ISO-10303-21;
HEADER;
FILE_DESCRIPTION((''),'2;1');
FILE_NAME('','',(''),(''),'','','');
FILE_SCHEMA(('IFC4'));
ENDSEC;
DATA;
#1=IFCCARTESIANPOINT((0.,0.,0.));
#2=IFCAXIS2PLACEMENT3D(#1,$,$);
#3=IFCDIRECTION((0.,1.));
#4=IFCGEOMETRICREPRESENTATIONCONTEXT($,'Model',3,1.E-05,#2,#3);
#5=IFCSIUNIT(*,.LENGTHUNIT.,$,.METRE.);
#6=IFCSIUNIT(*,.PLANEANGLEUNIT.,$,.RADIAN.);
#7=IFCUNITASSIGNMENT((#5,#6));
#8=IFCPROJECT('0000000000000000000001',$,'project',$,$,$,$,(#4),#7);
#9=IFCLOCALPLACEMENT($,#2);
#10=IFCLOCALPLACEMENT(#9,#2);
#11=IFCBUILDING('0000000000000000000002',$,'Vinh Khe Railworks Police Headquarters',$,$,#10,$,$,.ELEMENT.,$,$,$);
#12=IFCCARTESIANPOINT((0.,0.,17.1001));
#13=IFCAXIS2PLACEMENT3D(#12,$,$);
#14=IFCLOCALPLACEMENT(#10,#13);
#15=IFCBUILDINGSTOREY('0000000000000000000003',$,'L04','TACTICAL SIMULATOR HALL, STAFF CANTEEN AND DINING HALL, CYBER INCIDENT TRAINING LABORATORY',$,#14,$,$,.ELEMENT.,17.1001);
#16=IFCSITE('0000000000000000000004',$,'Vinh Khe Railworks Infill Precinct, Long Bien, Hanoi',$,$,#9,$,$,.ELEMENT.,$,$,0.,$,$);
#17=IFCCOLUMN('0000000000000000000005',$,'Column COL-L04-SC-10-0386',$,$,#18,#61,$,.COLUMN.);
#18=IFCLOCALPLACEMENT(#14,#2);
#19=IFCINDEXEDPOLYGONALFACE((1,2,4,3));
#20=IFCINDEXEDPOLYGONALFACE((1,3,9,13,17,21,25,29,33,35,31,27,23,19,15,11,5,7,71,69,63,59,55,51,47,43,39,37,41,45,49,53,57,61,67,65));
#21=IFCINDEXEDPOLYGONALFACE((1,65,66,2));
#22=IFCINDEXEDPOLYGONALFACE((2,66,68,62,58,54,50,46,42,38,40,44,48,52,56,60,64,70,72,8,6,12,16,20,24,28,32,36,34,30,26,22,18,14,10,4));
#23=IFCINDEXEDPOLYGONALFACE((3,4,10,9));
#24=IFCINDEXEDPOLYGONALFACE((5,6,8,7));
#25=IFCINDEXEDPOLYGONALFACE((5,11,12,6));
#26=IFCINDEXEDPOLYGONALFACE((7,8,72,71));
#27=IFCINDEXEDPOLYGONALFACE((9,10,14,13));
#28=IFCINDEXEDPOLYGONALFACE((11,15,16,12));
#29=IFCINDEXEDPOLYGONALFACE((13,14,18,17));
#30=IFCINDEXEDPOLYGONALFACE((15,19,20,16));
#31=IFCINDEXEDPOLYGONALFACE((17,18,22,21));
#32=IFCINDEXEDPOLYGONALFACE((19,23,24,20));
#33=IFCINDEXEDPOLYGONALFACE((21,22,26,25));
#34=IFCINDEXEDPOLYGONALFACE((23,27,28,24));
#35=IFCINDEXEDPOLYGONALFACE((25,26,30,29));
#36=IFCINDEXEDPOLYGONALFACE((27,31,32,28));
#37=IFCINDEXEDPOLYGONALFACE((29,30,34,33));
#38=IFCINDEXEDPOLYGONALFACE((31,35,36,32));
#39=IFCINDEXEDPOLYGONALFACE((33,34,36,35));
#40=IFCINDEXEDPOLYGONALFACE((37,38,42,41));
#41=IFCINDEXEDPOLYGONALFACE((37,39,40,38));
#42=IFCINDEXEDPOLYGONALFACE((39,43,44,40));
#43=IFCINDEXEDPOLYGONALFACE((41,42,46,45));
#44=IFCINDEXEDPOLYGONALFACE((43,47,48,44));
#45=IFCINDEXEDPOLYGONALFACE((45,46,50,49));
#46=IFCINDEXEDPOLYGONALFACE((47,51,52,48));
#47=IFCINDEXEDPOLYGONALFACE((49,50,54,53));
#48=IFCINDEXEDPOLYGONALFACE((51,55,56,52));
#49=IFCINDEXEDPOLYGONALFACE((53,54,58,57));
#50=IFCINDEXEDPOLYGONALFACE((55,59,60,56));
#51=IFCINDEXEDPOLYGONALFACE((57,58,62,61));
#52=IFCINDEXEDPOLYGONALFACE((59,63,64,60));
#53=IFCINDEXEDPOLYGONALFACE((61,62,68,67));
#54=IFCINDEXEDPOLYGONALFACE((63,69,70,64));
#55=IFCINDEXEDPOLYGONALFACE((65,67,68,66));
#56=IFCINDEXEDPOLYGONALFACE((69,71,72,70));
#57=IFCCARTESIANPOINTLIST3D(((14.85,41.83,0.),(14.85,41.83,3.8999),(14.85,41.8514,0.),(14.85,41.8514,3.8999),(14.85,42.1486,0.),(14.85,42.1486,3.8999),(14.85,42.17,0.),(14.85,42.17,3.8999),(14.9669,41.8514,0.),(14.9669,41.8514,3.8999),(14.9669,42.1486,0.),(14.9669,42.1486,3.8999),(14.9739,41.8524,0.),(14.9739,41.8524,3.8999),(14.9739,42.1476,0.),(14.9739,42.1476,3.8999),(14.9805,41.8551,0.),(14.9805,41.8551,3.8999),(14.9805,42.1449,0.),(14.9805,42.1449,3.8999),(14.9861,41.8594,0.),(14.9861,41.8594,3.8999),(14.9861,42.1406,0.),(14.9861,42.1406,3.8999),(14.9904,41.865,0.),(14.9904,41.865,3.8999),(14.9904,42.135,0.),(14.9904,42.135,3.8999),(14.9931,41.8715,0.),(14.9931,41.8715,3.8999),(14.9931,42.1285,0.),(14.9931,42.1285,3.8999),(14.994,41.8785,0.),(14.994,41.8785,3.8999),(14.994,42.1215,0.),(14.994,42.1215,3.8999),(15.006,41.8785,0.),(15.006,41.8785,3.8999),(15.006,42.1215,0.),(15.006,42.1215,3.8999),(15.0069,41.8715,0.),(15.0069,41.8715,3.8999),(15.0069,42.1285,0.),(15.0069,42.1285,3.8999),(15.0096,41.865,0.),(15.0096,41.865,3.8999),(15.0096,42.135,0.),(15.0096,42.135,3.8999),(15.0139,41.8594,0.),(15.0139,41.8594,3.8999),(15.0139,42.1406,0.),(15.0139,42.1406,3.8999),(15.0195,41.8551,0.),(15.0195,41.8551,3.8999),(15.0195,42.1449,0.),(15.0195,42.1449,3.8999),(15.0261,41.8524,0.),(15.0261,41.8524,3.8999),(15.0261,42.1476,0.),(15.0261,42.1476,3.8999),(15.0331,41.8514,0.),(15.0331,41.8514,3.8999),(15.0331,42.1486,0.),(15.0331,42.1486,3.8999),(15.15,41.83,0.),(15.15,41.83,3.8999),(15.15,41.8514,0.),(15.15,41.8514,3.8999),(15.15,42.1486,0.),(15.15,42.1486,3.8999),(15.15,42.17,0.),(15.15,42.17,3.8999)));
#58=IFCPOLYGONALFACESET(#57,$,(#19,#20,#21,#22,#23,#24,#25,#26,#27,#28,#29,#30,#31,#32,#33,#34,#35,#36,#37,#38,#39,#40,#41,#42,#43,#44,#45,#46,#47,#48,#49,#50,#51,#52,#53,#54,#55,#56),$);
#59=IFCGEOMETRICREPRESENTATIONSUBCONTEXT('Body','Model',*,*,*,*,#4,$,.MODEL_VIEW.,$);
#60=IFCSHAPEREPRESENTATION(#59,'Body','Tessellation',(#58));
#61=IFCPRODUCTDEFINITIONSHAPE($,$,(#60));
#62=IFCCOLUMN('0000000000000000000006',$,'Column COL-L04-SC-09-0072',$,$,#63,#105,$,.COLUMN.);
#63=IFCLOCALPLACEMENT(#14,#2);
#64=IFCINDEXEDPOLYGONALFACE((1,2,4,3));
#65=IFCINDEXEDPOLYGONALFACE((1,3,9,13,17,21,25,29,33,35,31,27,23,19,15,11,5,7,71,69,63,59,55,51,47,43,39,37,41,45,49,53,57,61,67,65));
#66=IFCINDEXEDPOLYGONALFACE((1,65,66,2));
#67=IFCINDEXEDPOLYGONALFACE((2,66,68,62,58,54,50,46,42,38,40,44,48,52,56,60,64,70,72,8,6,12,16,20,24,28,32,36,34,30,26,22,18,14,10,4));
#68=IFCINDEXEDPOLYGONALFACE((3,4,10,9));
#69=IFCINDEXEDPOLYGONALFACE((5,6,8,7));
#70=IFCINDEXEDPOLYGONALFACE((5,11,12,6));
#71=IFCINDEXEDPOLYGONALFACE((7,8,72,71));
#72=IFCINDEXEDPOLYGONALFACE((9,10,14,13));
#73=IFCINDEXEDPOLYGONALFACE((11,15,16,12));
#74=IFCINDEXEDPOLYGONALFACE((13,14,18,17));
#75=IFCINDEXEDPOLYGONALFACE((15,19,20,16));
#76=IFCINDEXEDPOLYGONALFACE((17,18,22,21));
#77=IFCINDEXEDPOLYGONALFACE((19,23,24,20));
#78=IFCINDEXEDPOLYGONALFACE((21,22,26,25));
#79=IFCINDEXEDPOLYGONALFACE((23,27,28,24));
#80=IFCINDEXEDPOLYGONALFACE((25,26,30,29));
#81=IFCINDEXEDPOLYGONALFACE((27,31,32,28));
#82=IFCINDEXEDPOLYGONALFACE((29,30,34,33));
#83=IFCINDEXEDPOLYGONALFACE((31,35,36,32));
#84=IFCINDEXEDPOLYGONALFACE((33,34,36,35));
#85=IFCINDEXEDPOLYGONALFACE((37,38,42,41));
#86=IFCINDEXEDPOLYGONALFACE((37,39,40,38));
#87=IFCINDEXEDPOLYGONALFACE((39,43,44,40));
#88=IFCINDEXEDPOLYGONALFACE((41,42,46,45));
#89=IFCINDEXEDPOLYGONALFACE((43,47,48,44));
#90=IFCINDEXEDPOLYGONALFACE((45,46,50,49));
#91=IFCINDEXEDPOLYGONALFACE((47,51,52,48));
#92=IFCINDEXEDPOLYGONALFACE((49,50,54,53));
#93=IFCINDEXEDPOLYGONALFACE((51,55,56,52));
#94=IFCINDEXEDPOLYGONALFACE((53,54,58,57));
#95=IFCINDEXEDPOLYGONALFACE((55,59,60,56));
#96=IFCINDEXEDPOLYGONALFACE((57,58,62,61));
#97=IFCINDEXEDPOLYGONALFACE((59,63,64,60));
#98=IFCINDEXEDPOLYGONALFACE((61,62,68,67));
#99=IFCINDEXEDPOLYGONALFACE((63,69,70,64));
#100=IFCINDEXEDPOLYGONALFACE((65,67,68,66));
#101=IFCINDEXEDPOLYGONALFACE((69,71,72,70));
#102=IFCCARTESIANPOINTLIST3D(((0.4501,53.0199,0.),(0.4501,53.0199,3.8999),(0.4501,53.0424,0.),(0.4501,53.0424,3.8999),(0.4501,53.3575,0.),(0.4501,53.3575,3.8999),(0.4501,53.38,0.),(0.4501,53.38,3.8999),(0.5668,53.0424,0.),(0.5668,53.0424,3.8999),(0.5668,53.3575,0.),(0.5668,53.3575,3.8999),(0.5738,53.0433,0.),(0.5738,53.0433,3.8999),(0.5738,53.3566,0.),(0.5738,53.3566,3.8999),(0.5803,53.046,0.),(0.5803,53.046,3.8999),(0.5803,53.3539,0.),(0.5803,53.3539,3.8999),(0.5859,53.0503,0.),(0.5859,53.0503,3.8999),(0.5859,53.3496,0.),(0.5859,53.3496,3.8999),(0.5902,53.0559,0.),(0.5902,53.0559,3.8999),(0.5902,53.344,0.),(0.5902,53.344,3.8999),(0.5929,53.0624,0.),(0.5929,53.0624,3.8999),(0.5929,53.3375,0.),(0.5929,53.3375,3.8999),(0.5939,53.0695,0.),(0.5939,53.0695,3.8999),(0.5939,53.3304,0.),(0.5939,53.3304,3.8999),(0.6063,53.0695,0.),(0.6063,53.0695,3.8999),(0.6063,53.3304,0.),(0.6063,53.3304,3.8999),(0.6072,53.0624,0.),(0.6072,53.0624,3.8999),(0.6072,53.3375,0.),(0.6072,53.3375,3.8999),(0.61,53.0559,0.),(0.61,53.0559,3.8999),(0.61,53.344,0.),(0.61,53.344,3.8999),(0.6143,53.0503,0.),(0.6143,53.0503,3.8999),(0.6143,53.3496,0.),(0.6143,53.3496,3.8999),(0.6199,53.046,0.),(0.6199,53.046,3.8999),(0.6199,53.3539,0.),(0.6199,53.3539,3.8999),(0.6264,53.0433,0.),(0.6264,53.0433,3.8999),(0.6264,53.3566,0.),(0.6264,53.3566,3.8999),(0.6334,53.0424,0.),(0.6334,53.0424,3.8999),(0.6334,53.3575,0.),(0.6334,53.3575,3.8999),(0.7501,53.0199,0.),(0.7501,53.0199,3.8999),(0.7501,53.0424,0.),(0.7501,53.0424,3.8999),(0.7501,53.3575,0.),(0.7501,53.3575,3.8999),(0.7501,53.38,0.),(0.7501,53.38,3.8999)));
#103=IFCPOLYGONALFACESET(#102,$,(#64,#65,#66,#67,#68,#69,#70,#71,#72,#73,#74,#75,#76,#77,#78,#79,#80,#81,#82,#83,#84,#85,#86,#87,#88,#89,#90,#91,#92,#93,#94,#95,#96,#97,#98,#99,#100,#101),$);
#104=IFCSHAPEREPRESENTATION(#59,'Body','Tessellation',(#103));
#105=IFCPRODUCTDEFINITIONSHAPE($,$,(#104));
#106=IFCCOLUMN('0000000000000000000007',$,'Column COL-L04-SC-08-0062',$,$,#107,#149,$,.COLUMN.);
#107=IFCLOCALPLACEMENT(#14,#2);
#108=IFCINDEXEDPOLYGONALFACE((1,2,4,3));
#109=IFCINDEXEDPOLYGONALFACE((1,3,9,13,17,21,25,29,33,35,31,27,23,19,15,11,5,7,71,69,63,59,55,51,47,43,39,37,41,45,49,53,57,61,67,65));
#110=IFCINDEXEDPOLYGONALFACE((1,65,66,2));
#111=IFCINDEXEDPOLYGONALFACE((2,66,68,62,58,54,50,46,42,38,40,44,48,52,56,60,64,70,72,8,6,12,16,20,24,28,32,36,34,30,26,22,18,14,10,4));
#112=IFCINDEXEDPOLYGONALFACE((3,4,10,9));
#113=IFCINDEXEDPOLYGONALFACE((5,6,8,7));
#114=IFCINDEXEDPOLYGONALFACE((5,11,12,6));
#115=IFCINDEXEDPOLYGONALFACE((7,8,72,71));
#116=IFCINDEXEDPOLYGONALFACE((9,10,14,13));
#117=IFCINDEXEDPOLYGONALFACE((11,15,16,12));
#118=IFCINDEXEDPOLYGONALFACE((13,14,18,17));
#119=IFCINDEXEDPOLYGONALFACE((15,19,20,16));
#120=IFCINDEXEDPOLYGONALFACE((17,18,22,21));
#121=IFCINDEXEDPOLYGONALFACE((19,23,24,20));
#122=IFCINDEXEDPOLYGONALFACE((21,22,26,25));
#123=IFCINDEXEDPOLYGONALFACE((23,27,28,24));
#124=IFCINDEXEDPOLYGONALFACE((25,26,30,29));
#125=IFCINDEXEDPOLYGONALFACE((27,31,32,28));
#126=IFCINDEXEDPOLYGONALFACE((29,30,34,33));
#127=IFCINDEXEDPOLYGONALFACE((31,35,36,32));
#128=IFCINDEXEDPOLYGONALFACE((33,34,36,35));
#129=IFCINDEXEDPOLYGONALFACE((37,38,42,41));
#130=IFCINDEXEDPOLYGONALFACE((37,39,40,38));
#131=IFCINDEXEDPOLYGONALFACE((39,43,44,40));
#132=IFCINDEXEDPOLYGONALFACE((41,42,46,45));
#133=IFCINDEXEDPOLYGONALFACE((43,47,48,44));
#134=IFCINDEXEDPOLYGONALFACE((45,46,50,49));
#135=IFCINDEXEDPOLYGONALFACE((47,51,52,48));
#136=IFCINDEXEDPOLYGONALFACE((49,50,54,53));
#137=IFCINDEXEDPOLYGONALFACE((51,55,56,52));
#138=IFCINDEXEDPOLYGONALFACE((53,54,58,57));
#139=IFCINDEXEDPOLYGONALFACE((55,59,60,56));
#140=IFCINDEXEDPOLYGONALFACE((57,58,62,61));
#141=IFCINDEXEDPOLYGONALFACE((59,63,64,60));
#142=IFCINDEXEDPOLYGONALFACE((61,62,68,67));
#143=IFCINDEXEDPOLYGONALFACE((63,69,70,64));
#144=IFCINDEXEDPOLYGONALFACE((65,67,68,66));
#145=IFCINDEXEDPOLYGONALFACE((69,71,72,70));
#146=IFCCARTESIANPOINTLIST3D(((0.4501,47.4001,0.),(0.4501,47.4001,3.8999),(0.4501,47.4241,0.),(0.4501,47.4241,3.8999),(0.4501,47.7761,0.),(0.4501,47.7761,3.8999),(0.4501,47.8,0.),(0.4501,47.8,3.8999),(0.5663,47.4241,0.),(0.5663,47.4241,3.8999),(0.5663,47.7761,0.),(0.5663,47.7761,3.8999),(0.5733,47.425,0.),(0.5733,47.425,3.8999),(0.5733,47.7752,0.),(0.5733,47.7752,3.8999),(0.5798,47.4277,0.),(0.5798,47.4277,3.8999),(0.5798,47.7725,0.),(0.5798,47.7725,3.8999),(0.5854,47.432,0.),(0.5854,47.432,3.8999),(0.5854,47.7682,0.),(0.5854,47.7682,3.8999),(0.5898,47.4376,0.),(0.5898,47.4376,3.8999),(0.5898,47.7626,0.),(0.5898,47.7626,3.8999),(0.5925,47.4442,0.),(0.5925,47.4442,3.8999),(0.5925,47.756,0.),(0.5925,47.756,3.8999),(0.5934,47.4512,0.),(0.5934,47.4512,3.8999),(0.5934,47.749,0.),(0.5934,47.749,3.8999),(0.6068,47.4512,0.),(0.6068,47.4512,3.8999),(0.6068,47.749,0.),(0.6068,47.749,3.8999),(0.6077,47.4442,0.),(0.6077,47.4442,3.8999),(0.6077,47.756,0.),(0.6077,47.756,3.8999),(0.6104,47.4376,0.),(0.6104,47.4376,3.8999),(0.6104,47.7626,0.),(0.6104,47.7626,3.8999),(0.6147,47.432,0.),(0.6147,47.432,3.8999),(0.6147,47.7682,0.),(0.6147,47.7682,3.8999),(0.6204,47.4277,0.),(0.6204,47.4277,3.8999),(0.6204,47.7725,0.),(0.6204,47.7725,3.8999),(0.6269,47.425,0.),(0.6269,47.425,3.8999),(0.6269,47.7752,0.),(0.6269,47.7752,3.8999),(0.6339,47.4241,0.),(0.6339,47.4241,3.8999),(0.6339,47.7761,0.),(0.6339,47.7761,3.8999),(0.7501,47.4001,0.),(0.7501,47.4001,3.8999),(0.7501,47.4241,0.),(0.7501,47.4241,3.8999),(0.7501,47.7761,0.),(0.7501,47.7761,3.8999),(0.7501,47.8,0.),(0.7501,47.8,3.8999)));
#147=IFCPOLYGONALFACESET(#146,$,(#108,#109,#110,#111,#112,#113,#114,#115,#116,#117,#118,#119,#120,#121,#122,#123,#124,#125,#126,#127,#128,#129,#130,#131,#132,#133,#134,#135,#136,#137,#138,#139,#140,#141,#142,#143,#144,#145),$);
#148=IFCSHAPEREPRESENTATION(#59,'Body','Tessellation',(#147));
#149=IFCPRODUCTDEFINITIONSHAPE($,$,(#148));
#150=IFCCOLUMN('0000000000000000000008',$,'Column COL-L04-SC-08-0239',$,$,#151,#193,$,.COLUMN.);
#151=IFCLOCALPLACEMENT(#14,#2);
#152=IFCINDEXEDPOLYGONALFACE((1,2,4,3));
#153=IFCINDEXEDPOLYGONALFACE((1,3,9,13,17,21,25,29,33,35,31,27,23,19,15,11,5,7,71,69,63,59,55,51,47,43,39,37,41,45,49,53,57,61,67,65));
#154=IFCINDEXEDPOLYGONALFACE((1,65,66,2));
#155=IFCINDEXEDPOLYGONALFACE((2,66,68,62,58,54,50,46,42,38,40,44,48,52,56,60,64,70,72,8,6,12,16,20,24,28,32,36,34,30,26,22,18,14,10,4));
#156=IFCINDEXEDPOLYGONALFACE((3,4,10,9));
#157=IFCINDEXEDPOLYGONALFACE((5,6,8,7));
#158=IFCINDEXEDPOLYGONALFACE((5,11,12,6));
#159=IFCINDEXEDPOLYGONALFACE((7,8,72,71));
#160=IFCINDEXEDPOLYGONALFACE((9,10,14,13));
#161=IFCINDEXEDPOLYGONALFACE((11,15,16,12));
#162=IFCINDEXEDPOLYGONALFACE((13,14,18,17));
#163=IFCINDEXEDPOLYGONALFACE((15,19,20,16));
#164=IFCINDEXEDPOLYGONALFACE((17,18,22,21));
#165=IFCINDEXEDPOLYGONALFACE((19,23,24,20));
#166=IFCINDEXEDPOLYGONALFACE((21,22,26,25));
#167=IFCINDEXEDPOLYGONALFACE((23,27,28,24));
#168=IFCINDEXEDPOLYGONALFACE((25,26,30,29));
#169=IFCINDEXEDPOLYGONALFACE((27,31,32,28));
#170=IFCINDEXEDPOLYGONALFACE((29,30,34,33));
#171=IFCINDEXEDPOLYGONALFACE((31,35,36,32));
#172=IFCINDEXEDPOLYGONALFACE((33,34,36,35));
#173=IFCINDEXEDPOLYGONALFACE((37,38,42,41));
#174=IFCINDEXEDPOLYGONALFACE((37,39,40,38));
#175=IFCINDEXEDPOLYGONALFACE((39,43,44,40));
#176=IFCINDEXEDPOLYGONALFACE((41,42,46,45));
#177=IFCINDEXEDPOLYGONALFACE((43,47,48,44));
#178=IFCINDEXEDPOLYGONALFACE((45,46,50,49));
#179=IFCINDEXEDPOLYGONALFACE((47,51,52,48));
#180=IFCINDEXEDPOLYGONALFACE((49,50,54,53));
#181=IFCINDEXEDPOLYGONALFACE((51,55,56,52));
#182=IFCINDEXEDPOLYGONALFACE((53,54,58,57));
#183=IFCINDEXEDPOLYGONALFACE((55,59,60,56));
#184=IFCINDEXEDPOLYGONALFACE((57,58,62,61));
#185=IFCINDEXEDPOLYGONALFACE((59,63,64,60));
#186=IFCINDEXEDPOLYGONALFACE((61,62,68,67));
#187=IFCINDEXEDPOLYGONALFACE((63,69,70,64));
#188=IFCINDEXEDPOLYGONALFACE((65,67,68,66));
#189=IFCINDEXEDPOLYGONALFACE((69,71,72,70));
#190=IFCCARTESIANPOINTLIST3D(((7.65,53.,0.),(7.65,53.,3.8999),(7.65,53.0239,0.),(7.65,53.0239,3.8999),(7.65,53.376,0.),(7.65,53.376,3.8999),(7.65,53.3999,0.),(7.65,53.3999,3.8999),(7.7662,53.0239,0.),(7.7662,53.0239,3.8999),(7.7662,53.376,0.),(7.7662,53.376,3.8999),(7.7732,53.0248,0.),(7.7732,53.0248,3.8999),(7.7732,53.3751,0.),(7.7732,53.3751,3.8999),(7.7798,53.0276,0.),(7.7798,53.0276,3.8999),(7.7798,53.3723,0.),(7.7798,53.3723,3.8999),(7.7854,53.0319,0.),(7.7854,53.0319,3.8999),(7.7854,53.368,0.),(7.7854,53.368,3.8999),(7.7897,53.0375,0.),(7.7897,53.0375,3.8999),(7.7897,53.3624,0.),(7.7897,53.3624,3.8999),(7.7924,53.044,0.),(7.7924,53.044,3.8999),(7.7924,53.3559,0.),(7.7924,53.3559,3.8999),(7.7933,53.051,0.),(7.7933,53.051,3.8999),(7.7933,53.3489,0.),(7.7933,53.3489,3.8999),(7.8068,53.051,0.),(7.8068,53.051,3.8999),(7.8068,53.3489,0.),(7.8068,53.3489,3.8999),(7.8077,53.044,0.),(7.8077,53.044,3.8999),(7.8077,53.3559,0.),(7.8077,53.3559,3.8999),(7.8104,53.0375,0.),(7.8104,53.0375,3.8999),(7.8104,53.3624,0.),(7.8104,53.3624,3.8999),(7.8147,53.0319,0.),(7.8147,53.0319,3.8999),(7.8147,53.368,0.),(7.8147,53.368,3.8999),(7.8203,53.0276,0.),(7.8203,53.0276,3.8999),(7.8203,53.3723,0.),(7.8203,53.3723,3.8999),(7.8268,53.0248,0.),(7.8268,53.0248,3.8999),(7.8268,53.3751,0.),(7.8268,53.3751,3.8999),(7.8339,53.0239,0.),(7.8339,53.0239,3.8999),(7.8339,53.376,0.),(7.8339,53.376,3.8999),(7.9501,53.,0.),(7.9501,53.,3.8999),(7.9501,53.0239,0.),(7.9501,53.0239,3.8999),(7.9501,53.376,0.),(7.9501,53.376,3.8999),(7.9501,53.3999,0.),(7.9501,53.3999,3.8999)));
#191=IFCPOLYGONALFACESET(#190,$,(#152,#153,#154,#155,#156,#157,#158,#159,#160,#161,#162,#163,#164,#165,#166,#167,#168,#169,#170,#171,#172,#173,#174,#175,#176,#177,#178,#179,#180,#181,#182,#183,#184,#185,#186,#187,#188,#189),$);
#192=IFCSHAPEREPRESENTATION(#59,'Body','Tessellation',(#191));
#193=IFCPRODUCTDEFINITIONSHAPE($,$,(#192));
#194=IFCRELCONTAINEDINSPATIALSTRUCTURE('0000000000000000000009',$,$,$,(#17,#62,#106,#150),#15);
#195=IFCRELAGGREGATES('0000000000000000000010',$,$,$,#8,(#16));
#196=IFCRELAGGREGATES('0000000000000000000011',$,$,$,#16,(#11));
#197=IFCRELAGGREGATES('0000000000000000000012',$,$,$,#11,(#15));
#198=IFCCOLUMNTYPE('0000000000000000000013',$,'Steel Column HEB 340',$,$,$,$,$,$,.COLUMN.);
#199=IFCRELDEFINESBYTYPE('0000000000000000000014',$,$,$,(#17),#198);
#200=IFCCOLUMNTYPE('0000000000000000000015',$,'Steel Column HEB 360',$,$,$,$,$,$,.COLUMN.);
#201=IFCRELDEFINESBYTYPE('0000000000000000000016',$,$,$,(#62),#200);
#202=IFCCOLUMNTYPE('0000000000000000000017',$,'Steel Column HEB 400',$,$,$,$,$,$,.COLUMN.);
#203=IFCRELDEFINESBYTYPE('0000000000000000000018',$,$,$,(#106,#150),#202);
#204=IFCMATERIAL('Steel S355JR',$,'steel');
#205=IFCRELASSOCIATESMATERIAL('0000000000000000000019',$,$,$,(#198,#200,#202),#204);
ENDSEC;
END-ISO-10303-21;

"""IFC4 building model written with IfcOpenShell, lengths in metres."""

from ifc_helpers import new_model, si_unit, direction, frame, origin, origin_2d, place, context, subcontext, project, spatial, i_section, extrude, material, material_profile, profile_set, type_object, element, save


model = new_model("IFC4")

# Units and contexts
model_context = context("Model", 3, precision=1e-05, world=origin(), true_north=direction((0.0, 1.0)))
body_context = subcontext(model_context, "Body", "Model", "MODEL_VIEW")
ifc_project = project(units=[si_unit("LENGTHUNIT", "METRE"), si_unit("PLANEANGLEUNIT", "RADIAN")], contexts=[model_context])

# Site, building, storey
site_placement = place(None, origin())
site = spatial("IfcSite", under=ifc_project, at=site_placement, Name="Vinh Khe Railworks Infill Precinct, Long Bien, Hanoi", CompositionType="ELEMENT", RefElevation=0.0)
building_placement = place(site_placement, origin())
building = spatial("IfcBuilding", under=site, at=building_placement, Name="Vinh Khe Railworks Police Headquarters", CompositionType="ELEMENT")
storey_placement = place(building_placement, frame((0.0, 0.0, 17.1001)))
storey = spatial("IfcBuildingStorey", under=building, at=storey_placement, Name="L04", Description="TACTICAL SIMULATOR HALL, STAFF CANTEEN AND DINING HALL, CYBER INCIDENT TRAINING LABORATORY", CompositionType="ELEMENT", Elevation=17.1001)

# Columns
ifc_material_1 = material(Name="Steel S355JR", Category="steel")
ifc_material_profile_1 = material_profile(ifc_material_1, i_section(OverallWidth=0.3, OverallDepth=0.3401, WebThickness=0.012, FlangeThickness=0.0215, FilletRadius=0.0271, at=origin_2d()), Name="HEB 340")
ifc_profile_set_1 = profile_set([ifc_material_profile_1], Name="Steel S355JR")
column_type_1 = type_object("IfcColumnType", Name="Steel Column HEB 340", PredefinedType="COLUMN", material=ifc_profile_set_1)
column_1_placement = place(storey_placement, frame((15.0, 42.0, 0.0), z_axis=(0.0, 0.0, 1.0), x_axis=(1.0, 0.0, 0.0)))
element("IfcColumn", 1, at=column_1_placement, inside=storey, type_object=column_type_1, Name="Column COL-L04-SC-10-0386", PredefinedType="COLUMN", context=body_context, shape_type="SweptSolid", body=[
    extrude(i_section(OverallWidth=0.3, OverallDepth=0.3401, WebThickness=0.012, FlangeThickness=0.0215, FilletRadius=0.0271, at=origin_2d()), origin(), (0.0, 0.0, 1.0), 3.8999),
])
ifc_material_profile_2 = material_profile(ifc_material_1, i_section(OverallWidth=0.3, OverallDepth=0.3601, WebThickness=0.0125, FlangeThickness=0.0225, FilletRadius=0.0271, at=origin_2d()), Name="HEB 360")
ifc_profile_set_2 = profile_set([ifc_material_profile_2], Name="Steel S355JR")
column_type_2 = type_object("IfcColumnType", Name="Steel Column HEB 360", PredefinedType="COLUMN", material=ifc_profile_set_2)
column_2_placement = place(storey_placement, frame((0.6001, 53.2, 0.0), z_axis=(0.0, 0.0, 1.0), x_axis=(1.0, 0.0, 0.0)))
element("IfcColumn", 2, at=column_2_placement, inside=storey, type_object=column_type_2, Name="Column COL-L04-SC-09-0072", PredefinedType="COLUMN", context=body_context, shape_type="SweptSolid", body=[
    extrude(i_section(OverallWidth=0.3, OverallDepth=0.3601, WebThickness=0.0125, FlangeThickness=0.0225, FilletRadius=0.0271, at=origin_2d()), origin(), (0.0, 0.0, 1.0), 3.8999),
])
ifc_material_profile_3 = material_profile(ifc_material_1, i_section(OverallWidth=0.3, OverallDepth=0.3999, WebThickness=0.0134, FlangeThickness=0.0239, FilletRadius=0.0271, at=origin_2d()), Name="HEB 400")
ifc_profile_set_3 = profile_set([ifc_material_profile_3], Name="Steel S355JR")
column_type_3 = type_object("IfcColumnType", Name="Steel Column HEB 400", PredefinedType="COLUMN", material=ifc_profile_set_3)
for number, where, z_axis, x_axis, name in (
    (3, (0.6001, 47.6001, 0.0), (0.0, 0.0, 1.0), (1.0, 0.0, 0.0), "Column COL-L04-SC-08-0062"),
    (4, (7.8, 53.2, 0.0), (0.0, 0.0, 1.0), (1.0, 0.0, 0.0), "Column COL-L04-SC-08-0239"),
):
    element("IfcColumn", number, at=place(storey_placement, frame(where, z_axis=z_axis, x_axis=x_axis)), inside=storey, type_object=column_type_3, Name=name, PredefinedType="COLUMN", context=body_context, shape_type="SweptSolid", body=[
        extrude(i_section(OverallWidth=0.3, OverallDepth=0.3999, WebThickness=0.0134, FlangeThickness=0.0239, FilletRadius=0.0271, at=origin_2d()), origin(), (0.0, 0.0, 1.0), 3.8999),
    ])

save(model, "model.ifc")
